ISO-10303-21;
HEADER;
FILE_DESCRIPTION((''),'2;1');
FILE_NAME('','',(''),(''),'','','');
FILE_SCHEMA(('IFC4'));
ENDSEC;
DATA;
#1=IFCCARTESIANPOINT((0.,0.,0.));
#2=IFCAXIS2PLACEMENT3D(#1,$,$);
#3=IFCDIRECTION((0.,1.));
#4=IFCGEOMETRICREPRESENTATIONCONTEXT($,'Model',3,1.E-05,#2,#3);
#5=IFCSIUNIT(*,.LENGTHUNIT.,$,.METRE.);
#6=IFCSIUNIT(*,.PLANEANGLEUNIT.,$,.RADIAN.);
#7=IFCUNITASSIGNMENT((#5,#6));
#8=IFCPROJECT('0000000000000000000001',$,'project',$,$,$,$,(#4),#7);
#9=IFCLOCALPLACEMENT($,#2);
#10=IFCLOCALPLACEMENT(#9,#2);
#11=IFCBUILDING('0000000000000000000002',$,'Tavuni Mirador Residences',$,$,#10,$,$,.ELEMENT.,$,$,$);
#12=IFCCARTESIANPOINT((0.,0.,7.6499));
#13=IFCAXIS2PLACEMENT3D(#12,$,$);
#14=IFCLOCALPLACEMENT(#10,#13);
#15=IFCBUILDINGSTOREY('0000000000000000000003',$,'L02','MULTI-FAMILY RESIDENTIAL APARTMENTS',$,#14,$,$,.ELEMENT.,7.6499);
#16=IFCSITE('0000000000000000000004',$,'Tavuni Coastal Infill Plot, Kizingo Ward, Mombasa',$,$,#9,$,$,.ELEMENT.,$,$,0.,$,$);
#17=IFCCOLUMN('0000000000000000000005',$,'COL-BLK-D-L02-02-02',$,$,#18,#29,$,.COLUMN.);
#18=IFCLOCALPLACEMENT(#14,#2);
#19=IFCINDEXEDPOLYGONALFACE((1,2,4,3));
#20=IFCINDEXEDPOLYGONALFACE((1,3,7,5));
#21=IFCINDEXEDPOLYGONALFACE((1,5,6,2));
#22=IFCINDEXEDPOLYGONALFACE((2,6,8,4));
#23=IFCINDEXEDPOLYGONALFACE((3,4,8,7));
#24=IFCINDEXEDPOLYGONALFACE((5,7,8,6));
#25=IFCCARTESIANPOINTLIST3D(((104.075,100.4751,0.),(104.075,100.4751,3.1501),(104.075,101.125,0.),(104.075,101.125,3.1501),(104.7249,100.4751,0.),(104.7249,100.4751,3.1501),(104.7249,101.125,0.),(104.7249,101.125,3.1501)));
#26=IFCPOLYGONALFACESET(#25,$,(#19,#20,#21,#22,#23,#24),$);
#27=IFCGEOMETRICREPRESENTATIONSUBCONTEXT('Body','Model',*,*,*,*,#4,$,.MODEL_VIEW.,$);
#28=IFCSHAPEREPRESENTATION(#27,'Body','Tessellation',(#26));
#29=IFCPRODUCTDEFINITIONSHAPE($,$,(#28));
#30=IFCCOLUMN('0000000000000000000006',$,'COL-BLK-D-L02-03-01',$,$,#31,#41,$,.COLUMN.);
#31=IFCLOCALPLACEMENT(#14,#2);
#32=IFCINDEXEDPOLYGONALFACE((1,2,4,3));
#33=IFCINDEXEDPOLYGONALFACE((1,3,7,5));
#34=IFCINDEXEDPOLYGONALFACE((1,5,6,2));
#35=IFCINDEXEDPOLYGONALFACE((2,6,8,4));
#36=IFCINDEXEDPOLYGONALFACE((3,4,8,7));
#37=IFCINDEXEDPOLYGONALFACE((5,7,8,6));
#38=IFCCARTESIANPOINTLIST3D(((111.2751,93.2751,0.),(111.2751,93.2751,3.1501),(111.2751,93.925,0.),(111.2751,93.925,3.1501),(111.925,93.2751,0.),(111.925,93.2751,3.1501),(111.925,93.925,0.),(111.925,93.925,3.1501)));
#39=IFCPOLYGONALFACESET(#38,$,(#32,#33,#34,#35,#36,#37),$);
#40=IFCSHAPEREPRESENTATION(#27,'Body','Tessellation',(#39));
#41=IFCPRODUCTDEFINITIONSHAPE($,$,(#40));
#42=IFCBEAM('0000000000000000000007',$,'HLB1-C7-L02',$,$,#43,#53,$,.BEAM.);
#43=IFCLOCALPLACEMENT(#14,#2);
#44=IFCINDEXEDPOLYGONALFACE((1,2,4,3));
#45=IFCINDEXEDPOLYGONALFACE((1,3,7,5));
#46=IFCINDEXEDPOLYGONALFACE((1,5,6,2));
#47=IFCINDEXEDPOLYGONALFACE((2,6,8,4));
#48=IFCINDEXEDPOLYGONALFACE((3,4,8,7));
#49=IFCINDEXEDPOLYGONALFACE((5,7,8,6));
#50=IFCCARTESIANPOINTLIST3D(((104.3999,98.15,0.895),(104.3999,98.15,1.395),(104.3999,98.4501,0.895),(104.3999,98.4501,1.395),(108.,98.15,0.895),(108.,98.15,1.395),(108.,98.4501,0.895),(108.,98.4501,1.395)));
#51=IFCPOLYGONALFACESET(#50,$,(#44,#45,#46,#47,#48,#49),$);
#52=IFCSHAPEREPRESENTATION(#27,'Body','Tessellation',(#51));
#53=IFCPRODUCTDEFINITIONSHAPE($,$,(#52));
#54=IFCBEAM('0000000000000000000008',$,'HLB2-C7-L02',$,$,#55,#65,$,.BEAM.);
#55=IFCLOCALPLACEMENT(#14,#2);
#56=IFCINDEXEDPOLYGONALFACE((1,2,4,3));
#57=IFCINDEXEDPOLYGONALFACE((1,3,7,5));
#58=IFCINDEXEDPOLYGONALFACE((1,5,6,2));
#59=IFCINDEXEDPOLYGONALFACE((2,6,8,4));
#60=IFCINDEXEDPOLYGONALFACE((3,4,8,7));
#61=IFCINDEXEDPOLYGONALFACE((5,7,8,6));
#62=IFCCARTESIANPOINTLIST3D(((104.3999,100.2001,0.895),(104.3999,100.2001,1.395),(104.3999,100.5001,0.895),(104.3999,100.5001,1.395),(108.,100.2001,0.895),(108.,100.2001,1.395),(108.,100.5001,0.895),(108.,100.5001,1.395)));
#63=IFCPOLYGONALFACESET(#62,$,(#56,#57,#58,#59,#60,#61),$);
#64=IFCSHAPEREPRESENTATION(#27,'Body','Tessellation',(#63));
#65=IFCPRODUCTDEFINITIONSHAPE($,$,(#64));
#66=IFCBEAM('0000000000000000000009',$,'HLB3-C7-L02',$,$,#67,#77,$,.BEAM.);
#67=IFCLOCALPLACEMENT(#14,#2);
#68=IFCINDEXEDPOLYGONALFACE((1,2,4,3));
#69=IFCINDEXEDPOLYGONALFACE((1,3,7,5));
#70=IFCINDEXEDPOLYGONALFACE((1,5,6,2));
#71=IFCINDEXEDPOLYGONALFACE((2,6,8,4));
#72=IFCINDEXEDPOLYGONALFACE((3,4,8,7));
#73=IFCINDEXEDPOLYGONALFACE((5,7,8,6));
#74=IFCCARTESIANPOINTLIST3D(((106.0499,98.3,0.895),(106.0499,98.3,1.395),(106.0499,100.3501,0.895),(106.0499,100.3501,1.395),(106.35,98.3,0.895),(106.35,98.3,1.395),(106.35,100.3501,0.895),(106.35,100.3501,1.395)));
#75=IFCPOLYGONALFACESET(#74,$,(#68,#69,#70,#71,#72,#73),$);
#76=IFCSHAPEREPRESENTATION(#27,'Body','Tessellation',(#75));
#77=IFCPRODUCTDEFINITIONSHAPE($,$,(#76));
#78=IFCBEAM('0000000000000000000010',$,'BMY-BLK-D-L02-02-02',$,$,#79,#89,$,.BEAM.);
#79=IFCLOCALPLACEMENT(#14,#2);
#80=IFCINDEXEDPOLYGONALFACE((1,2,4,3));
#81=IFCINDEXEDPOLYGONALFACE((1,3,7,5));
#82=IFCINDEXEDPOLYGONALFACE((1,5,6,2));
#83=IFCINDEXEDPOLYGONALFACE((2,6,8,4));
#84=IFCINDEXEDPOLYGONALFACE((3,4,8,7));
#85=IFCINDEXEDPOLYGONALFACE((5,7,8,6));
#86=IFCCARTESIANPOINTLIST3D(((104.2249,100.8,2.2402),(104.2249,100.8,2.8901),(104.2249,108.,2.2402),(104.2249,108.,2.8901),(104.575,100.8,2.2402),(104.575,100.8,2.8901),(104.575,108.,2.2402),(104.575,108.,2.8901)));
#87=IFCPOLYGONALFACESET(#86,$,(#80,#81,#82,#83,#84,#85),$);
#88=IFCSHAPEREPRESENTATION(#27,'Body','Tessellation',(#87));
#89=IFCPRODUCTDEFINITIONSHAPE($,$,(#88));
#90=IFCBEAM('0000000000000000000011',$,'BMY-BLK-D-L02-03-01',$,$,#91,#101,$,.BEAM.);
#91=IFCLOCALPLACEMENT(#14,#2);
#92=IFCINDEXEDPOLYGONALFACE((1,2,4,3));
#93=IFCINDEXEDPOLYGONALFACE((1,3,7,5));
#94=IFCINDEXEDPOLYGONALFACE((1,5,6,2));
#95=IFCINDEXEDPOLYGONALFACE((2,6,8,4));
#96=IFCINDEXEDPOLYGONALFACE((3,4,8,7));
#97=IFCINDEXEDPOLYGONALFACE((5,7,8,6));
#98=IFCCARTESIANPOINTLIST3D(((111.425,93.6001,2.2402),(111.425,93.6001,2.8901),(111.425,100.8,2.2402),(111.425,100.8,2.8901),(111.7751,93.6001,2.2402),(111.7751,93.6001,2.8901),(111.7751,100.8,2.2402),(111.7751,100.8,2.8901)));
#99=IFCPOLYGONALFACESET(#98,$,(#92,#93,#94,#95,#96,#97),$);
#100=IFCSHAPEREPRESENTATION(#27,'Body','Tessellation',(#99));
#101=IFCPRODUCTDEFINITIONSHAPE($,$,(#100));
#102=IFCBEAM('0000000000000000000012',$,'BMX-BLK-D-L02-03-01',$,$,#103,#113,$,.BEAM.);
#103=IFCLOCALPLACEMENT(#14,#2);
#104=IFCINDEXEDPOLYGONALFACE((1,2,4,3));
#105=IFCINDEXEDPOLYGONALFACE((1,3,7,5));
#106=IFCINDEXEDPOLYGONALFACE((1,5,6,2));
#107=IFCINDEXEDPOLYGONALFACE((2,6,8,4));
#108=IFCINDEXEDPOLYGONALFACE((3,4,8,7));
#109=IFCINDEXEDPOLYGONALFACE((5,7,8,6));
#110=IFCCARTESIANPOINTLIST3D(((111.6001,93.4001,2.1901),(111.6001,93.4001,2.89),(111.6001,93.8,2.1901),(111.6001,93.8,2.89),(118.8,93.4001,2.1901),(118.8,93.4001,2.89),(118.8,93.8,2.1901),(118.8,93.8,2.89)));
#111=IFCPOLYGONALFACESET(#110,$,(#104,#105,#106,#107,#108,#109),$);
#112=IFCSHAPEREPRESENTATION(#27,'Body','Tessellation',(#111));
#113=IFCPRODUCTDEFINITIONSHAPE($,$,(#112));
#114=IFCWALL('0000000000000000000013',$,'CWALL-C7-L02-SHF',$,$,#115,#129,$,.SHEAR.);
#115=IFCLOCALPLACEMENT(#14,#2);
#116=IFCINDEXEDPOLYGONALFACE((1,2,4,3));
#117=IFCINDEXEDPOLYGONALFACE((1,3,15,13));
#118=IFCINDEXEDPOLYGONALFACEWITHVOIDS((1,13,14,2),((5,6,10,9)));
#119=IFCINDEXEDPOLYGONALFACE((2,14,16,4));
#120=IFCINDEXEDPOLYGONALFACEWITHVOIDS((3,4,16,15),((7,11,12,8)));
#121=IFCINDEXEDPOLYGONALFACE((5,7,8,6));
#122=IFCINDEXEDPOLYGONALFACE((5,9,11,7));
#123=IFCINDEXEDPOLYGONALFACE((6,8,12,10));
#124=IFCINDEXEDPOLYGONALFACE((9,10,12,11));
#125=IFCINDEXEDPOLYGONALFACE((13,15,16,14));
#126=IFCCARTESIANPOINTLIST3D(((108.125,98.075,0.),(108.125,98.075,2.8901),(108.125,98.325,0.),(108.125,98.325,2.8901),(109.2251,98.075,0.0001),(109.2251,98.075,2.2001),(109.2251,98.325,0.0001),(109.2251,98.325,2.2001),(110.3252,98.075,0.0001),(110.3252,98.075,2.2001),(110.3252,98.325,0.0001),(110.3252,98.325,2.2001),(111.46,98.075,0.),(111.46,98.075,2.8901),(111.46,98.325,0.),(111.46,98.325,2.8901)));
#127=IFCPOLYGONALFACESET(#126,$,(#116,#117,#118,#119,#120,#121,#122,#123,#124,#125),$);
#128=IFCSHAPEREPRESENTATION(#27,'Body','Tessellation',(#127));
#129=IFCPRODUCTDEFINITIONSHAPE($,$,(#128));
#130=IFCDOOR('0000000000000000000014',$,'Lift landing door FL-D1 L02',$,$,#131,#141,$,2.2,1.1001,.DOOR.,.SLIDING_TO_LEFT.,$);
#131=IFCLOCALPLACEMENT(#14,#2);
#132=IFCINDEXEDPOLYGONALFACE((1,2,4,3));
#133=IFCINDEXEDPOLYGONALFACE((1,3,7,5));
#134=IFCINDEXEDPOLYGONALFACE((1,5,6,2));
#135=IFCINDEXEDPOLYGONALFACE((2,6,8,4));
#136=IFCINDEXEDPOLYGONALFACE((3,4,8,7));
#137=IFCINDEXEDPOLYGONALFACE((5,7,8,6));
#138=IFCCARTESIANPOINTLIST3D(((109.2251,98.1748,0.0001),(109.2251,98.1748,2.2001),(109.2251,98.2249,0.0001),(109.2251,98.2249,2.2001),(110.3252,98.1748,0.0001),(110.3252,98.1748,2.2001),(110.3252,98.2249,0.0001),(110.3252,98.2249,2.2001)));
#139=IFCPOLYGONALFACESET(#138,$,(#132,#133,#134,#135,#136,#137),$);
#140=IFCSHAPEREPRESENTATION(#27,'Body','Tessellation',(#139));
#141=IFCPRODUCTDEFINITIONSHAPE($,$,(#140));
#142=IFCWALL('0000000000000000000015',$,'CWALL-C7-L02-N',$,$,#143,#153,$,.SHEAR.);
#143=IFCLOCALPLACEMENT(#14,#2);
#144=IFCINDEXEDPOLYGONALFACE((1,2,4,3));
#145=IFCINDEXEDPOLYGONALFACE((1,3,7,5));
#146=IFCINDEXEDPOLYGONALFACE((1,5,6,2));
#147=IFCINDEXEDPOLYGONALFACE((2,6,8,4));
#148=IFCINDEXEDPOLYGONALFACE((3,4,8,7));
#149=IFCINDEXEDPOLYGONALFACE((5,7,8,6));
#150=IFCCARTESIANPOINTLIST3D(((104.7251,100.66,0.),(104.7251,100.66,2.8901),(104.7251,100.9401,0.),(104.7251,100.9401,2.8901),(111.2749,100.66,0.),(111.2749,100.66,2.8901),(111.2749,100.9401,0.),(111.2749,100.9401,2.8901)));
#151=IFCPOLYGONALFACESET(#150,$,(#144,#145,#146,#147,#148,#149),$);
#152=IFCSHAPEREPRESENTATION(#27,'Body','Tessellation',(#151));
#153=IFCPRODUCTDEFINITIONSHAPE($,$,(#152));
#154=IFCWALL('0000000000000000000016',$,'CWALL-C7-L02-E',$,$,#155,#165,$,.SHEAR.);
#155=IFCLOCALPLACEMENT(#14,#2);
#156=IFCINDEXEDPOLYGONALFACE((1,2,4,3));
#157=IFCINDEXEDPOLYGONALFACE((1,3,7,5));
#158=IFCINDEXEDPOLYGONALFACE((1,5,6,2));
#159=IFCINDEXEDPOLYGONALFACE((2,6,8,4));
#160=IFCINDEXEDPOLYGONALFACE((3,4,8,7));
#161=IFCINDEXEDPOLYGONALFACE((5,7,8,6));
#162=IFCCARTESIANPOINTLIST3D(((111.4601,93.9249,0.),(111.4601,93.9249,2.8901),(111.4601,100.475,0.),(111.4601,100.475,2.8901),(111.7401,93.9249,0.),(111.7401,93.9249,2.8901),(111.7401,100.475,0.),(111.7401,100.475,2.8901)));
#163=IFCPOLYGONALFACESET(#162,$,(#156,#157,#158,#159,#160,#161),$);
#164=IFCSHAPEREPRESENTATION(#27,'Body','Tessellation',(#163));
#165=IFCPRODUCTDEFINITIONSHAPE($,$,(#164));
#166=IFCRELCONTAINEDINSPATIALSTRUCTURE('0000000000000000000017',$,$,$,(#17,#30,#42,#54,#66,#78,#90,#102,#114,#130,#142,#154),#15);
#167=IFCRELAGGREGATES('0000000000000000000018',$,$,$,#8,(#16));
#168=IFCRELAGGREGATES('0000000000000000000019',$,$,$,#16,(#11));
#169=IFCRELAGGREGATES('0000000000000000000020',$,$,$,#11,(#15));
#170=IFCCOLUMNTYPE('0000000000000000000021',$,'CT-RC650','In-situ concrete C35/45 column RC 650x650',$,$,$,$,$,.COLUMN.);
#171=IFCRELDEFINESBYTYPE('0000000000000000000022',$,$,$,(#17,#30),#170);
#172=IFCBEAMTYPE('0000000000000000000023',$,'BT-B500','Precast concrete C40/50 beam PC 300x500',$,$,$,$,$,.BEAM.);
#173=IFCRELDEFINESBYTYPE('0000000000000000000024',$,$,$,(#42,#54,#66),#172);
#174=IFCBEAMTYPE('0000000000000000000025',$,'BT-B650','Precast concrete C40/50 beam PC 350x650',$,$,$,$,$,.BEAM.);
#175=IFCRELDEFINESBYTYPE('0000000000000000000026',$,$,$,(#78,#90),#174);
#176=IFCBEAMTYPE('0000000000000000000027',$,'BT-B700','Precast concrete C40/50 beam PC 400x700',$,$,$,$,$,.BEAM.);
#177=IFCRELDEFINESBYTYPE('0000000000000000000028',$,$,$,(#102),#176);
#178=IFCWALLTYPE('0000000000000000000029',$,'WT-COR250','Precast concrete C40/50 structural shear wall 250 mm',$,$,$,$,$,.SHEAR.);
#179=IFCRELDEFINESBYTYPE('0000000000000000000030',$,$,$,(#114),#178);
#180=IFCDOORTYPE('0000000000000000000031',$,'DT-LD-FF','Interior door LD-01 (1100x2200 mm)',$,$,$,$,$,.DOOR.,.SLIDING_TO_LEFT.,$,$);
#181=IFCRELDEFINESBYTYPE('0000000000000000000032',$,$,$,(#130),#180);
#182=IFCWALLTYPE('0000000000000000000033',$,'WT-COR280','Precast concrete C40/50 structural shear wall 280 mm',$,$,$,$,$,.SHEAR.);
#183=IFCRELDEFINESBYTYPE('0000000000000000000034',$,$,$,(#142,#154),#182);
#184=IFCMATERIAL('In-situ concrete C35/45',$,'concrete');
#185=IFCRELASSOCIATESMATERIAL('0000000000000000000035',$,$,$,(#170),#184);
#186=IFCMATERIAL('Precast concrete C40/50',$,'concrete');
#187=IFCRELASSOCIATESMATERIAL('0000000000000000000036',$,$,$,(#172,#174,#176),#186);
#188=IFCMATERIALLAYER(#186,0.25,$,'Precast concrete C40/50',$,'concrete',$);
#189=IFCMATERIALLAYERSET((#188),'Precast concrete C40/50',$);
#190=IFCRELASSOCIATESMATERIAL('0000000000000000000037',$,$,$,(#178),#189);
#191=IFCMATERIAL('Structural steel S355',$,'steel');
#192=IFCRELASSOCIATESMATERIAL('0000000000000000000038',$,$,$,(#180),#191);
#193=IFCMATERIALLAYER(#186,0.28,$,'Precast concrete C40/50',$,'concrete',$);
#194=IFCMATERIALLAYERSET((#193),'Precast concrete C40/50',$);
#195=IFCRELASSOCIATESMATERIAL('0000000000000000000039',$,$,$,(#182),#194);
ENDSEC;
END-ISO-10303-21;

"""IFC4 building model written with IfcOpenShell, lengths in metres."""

from ifc_helpers import new_model, si_unit, direction, frame, frame_2d, origin, origin_2d, place, context, subcontext, project, spatial, rectangle, extrude, material, layer, layer_set, material_profile, profile_set, type_object, element, fill, save


model = new_model("IFC4")

# Units and contexts
model_context = context("Model", 3, precision=1e-05, world=origin(), true_north=direction((0.0, 1.0)))
body_context = subcontext(model_context, "Body", "Model", "MODEL_VIEW")
ifc_project = project(units=[si_unit("LENGTHUNIT", "METRE"), si_unit("PLANEANGLEUNIT", "RADIAN")], contexts=[model_context])

# Site, building, storey
site_placement = place(None, origin())
site = spatial("IfcSite", under=ifc_project, at=site_placement, Name="Tavuni Coastal Infill Plot, Kizingo Ward, Mombasa", CompositionType="ELEMENT", RefElevation=0.0)
building_placement = place(site_placement, origin())
building = spatial("IfcBuilding", under=site, at=building_placement, Name="Tavuni Mirador Residences", CompositionType="ELEMENT")
storey_placement = place(building_placement, frame((0.0, 0.0, 7.6499)))
storey = spatial("IfcBuildingStorey", under=building, at=storey_placement, Name="L02", Description="MULTI-FAMILY RESIDENTIAL APARTMENTS", CompositionType="ELEMENT", Elevation=7.6499)

# Columns
ifc_material_1 = material(Name="In-situ concrete C35/45", Category="concrete")
ifc_material_profile_1 = material_profile(ifc_material_1, rectangle(XDim=0.6499, YDim=0.6499, at=origin_2d()), Name="RC 650x650", Category="concrete")
ifc_profile_set_1 = profile_set([ifc_material_profile_1], Name="In-situ concrete C35/45")
column_type = type_object("IfcColumnType", Name="CT-RC650", Description="In-situ concrete C35/45 column RC 650x650", PredefinedType="COLUMN", material=ifc_profile_set_1)
for number, where, z_axis, x_axis, name in (
    (1, (104.3999, 100.8, 0.0), (0.0, 0.0, 1.0), (1.0, 0.0, 0.0), "COL-BLK-D-L02-02-02"),
    (2, (111.6001, 93.6001, 0.0), (0.0, 0.0, 1.0), (1.0, 0.0, 0.0), "COL-BLK-D-L02-03-01"),
):
    element("IfcColumn", number, at=place(storey_placement, frame(where, z_axis=z_axis, x_axis=x_axis)), inside=storey, type_object=column_type, Name=name, PredefinedType="COLUMN", context=body_context, shape_type="SweptSolid", body=[
        extrude(rectangle(XDim=0.6499, YDim=0.6499, at=origin_2d()), origin(), (0.0, 0.0, 1.0), 3.1501),
    ])

# Beams
ifc_material_2 = material(Name="Precast concrete C40/50", Category="concrete")
ifc_material_profile_2 = material_profile(ifc_material_2, rectangle(XDim=0.3, YDim=0.5, at=origin_2d()), Name="PC 300x500", Category="concrete")
ifc_profile_set_2 = profile_set([ifc_material_profile_2], Name="Precast concrete C40/50")
beam_type_1 = type_object("IfcBeamType", Name="BT-B500", Description="Precast concrete C40/50 beam PC 300x500", PredefinedType="BEAM", material=ifc_profile_set_2)
for number, where, z_axis, x_axis, name in (
    (3, (104.3999, 98.3, 1.145), (1.0, 0.0, 0.0), (0.0, 1.0, 0.0), "HLB1-C7-L02"),
    (4, (104.3999, 100.3501, 1.145), (1.0, 0.0, 0.0), (0.0, 1.0, 0.0), "HLB2-C7-L02"),
):
    element("IfcBeam", number, at=place(storey_placement, frame(where, z_axis=z_axis, x_axis=x_axis)), inside=storey, type_object=beam_type_1, Name=name, PredefinedType="BEAM", context=body_context, shape_type="SweptSolid", body=[
        extrude(rectangle(XDim=0.3, YDim=0.5, at=origin_2d()), origin(), (0.0, 0.0, 1.0), 3.6001),
    ])
beam_1_placement = place(storey_placement, frame((106.2, 98.3, 1.145), z_axis=(0.0, 1.0, 0.0), x_axis=(-1.0, 0.0, 0.0)))
element("IfcBeam", 5, at=beam_1_placement, inside=storey, type_object=beam_type_1, Name="HLB3-C7-L02", PredefinedType="BEAM", context=body_context, shape_type="SweptSolid", body=[
    extrude(rectangle(XDim=0.3, YDim=0.5, at=origin_2d()), origin(), (0.0, 0.0, 1.0), 2.05),
])
ifc_material_profile_3 = material_profile(ifc_material_2, rectangle(XDim=0.3501, YDim=0.6499, at=origin_2d()), Name="PC 350x650", Category="concrete")
ifc_profile_set_3 = profile_set([ifc_material_profile_3], Name="Precast concrete C40/50")
beam_type_2 = type_object("IfcBeamType", Name="BT-B650", Description="Precast concrete C40/50 beam PC 350x650", PredefinedType="BEAM", material=ifc_profile_set_3)
for number, where, z_axis, x_axis, name in (
    (6, (104.3999, 100.8, 2.5652), (0.0, 1.0, 0.0), (-1.0, 0.0, 0.0), "BMY-BLK-D-L02-02-02"),
    (7, (111.6001, 93.6001, 2.5652), (0.0, 1.0, 0.0), (-1.0, 0.0, 0.0), "BMY-BLK-D-L02-03-01"),
):
    element("IfcBeam", number, at=place(storey_placement, frame(where, z_axis=z_axis, x_axis=x_axis)), inside=storey, type_object=beam_type_2, Name=name, PredefinedType="BEAM", context=body_context, shape_type="SweptSolid", body=[
        extrude(rectangle(XDim=0.3501, YDim=0.6499, at=origin_2d()), origin(), (0.0, 0.0, 1.0), 7.2),
    ])
ifc_material_profile_4 = material_profile(ifc_material_2, rectangle(XDim=0.3999, YDim=0.7, at=origin_2d()), Name="PC 400x700", Category="concrete")
ifc_profile_set_4 = profile_set([ifc_material_profile_4], Name="Precast concrete C40/50")
beam_type_3 = type_object("IfcBeamType", Name="BT-B700", Description="Precast concrete C40/50 beam PC 400x700", PredefinedType="BEAM", material=ifc_profile_set_4)
beam_2_placement = place(storey_placement, frame((111.6001, 93.6001, 2.54), z_axis=(1.0, 0.0, 0.0), x_axis=(0.0, 1.0, 0.0)))
element("IfcBeam", 8, at=beam_2_placement, inside=storey, type_object=beam_type_3, Name="BMX-BLK-D-L02-03-01", PredefinedType="BEAM", context=body_context, shape_type="SweptSolid", body=[
    extrude(rectangle(XDim=0.3999, YDim=0.7, at=origin_2d()), origin(), (0.0, 0.0, 1.0), 7.2),
])

# Wall, opening, door
ifc_layer_1 = layer(ifc_material_2, 0.25, Name="Precast concrete C40/50", Category="concrete")
ifc_layer_set_1 = layer_set([ifc_layer_1], Name="Precast concrete C40/50")
wall_type_1 = type_object("IfcWallType", Name="WT-COR250", Description="Precast concrete C40/50 structural shear wall 250 mm", PredefinedType="SHEAR", material=ifc_layer_set_1)
wall_1_placement = place(storey_placement, frame((108.125, 98.2, 0.0), z_axis=(0.0, 0.0, 1.0), x_axis=(1.0, 0.0, 0.0)))
wall_1 = element("IfcWall", 9, at=wall_1_placement, inside=storey, type_object=wall_type_1, Name="CWALL-C7-L02-SHF", PredefinedType="SHEAR", context=body_context, shape_type="SweptSolid", body=[
    extrude(rectangle(XDim=3.335, YDim=0.25, at=frame_2d((1.6675, 0.0))), origin(), (0.0, 0.0, 1.0), 2.8901),
])
opening_1_placement = place(wall_1_placement, frame((1.1001, 0.0, 0.0)))
opening_1 = element("IfcOpeningElement", 10, at=opening_1_placement, cuts=wall_1, PredefinedType="OPENING", context=body_context, shape_type="SweptSolid", body=[
    extrude(rectangle(XDim=1.1001, YDim=2.2, at=frame_2d((0.55, 1.1001))), frame((0.0, 0.135, 0.0), z_axis=(0.0, -1.0, 0.0), x_axis=(1.0, 0.0, 0.0)), (0.0, 0.0, 1.0), 0.27),
])
ifc_material_3 = material(Name="Structural steel S355", Category="steel")
door_type_1 = type_object("IfcDoorType", Name="DT-LD-FF", Description="Interior door LD-01 (1100x2200 mm)", OperationType="SLIDING_TO_LEFT", PredefinedType="DOOR", material=ifc_material_3)
door_1_placement = place(opening_1_placement, origin())
door_1 = element("IfcDoor", 11, at=door_1_placement, inside=storey, type_object=door_type_1, Name="Lift landing door FL-D1 L02", OperationType="SLIDING_TO_LEFT", OverallHeight=2.2, OverallWidth=1.1001, PredefinedType="DOOR", context=body_context, shape_type="SweptSolid", body=[
    extrude(rectangle(XDim=1.1001, YDim=2.2, at=frame_2d((0.55, 1.1001))), frame((0.0, 0.0249, 0.0), z_axis=(0.0, -1.0, 0.0), x_axis=(1.0, 0.0, 0.0)), (0.0, 0.0, 1.0), 0.05),
])
fill(opening_1, door_1)
ifc_layer_2 = layer(ifc_material_2, 0.28, Name="Precast concrete C40/50", Category="concrete")
ifc_layer_set_2 = layer_set([ifc_layer_2], Name="Precast concrete C40/50")
wall_type_2 = type_object("IfcWallType", Name="WT-COR280", Description="Precast concrete C40/50 structural shear wall 280 mm", PredefinedType="SHEAR", material=ifc_layer_set_2)

# Walls
wall_2_placement = place(storey_placement, frame((104.7251, 100.8, 0.0), z_axis=(0.0, 0.0, 1.0), x_axis=(1.0, 0.0, 0.0)))
element("IfcWall", 12, at=wall_2_placement, inside=storey, type_object=wall_type_2, Name="CWALL-C7-L02-N", PredefinedType="SHEAR", context=body_context, shape_type="SweptSolid", body=[
    extrude(rectangle(XDim=6.5498, YDim=0.28, at=frame_2d((3.2749, 0.0))), origin(), (0.0, 0.0, 1.0), 2.8901),
])
wall_3_placement = place(storey_placement, frame((111.6001, 93.925, 0.0), z_axis=(0.0, 0.0, 1.0), x_axis=(0.0, 1.0, 0.0)))
element("IfcWall", 13, at=wall_3_placement, inside=storey, type_object=wall_type_2, Name="CWALL-C7-L02-E", PredefinedType="SHEAR", context=body_context, shape_type="SweptSolid", body=[
    extrude(rectangle(XDim=6.55, YDim=0.28, at=frame_2d((3.2749, 0.0))), origin(), (0.0, 0.0, 1.0), 2.8901),
])

save(model, "model.ifc")
